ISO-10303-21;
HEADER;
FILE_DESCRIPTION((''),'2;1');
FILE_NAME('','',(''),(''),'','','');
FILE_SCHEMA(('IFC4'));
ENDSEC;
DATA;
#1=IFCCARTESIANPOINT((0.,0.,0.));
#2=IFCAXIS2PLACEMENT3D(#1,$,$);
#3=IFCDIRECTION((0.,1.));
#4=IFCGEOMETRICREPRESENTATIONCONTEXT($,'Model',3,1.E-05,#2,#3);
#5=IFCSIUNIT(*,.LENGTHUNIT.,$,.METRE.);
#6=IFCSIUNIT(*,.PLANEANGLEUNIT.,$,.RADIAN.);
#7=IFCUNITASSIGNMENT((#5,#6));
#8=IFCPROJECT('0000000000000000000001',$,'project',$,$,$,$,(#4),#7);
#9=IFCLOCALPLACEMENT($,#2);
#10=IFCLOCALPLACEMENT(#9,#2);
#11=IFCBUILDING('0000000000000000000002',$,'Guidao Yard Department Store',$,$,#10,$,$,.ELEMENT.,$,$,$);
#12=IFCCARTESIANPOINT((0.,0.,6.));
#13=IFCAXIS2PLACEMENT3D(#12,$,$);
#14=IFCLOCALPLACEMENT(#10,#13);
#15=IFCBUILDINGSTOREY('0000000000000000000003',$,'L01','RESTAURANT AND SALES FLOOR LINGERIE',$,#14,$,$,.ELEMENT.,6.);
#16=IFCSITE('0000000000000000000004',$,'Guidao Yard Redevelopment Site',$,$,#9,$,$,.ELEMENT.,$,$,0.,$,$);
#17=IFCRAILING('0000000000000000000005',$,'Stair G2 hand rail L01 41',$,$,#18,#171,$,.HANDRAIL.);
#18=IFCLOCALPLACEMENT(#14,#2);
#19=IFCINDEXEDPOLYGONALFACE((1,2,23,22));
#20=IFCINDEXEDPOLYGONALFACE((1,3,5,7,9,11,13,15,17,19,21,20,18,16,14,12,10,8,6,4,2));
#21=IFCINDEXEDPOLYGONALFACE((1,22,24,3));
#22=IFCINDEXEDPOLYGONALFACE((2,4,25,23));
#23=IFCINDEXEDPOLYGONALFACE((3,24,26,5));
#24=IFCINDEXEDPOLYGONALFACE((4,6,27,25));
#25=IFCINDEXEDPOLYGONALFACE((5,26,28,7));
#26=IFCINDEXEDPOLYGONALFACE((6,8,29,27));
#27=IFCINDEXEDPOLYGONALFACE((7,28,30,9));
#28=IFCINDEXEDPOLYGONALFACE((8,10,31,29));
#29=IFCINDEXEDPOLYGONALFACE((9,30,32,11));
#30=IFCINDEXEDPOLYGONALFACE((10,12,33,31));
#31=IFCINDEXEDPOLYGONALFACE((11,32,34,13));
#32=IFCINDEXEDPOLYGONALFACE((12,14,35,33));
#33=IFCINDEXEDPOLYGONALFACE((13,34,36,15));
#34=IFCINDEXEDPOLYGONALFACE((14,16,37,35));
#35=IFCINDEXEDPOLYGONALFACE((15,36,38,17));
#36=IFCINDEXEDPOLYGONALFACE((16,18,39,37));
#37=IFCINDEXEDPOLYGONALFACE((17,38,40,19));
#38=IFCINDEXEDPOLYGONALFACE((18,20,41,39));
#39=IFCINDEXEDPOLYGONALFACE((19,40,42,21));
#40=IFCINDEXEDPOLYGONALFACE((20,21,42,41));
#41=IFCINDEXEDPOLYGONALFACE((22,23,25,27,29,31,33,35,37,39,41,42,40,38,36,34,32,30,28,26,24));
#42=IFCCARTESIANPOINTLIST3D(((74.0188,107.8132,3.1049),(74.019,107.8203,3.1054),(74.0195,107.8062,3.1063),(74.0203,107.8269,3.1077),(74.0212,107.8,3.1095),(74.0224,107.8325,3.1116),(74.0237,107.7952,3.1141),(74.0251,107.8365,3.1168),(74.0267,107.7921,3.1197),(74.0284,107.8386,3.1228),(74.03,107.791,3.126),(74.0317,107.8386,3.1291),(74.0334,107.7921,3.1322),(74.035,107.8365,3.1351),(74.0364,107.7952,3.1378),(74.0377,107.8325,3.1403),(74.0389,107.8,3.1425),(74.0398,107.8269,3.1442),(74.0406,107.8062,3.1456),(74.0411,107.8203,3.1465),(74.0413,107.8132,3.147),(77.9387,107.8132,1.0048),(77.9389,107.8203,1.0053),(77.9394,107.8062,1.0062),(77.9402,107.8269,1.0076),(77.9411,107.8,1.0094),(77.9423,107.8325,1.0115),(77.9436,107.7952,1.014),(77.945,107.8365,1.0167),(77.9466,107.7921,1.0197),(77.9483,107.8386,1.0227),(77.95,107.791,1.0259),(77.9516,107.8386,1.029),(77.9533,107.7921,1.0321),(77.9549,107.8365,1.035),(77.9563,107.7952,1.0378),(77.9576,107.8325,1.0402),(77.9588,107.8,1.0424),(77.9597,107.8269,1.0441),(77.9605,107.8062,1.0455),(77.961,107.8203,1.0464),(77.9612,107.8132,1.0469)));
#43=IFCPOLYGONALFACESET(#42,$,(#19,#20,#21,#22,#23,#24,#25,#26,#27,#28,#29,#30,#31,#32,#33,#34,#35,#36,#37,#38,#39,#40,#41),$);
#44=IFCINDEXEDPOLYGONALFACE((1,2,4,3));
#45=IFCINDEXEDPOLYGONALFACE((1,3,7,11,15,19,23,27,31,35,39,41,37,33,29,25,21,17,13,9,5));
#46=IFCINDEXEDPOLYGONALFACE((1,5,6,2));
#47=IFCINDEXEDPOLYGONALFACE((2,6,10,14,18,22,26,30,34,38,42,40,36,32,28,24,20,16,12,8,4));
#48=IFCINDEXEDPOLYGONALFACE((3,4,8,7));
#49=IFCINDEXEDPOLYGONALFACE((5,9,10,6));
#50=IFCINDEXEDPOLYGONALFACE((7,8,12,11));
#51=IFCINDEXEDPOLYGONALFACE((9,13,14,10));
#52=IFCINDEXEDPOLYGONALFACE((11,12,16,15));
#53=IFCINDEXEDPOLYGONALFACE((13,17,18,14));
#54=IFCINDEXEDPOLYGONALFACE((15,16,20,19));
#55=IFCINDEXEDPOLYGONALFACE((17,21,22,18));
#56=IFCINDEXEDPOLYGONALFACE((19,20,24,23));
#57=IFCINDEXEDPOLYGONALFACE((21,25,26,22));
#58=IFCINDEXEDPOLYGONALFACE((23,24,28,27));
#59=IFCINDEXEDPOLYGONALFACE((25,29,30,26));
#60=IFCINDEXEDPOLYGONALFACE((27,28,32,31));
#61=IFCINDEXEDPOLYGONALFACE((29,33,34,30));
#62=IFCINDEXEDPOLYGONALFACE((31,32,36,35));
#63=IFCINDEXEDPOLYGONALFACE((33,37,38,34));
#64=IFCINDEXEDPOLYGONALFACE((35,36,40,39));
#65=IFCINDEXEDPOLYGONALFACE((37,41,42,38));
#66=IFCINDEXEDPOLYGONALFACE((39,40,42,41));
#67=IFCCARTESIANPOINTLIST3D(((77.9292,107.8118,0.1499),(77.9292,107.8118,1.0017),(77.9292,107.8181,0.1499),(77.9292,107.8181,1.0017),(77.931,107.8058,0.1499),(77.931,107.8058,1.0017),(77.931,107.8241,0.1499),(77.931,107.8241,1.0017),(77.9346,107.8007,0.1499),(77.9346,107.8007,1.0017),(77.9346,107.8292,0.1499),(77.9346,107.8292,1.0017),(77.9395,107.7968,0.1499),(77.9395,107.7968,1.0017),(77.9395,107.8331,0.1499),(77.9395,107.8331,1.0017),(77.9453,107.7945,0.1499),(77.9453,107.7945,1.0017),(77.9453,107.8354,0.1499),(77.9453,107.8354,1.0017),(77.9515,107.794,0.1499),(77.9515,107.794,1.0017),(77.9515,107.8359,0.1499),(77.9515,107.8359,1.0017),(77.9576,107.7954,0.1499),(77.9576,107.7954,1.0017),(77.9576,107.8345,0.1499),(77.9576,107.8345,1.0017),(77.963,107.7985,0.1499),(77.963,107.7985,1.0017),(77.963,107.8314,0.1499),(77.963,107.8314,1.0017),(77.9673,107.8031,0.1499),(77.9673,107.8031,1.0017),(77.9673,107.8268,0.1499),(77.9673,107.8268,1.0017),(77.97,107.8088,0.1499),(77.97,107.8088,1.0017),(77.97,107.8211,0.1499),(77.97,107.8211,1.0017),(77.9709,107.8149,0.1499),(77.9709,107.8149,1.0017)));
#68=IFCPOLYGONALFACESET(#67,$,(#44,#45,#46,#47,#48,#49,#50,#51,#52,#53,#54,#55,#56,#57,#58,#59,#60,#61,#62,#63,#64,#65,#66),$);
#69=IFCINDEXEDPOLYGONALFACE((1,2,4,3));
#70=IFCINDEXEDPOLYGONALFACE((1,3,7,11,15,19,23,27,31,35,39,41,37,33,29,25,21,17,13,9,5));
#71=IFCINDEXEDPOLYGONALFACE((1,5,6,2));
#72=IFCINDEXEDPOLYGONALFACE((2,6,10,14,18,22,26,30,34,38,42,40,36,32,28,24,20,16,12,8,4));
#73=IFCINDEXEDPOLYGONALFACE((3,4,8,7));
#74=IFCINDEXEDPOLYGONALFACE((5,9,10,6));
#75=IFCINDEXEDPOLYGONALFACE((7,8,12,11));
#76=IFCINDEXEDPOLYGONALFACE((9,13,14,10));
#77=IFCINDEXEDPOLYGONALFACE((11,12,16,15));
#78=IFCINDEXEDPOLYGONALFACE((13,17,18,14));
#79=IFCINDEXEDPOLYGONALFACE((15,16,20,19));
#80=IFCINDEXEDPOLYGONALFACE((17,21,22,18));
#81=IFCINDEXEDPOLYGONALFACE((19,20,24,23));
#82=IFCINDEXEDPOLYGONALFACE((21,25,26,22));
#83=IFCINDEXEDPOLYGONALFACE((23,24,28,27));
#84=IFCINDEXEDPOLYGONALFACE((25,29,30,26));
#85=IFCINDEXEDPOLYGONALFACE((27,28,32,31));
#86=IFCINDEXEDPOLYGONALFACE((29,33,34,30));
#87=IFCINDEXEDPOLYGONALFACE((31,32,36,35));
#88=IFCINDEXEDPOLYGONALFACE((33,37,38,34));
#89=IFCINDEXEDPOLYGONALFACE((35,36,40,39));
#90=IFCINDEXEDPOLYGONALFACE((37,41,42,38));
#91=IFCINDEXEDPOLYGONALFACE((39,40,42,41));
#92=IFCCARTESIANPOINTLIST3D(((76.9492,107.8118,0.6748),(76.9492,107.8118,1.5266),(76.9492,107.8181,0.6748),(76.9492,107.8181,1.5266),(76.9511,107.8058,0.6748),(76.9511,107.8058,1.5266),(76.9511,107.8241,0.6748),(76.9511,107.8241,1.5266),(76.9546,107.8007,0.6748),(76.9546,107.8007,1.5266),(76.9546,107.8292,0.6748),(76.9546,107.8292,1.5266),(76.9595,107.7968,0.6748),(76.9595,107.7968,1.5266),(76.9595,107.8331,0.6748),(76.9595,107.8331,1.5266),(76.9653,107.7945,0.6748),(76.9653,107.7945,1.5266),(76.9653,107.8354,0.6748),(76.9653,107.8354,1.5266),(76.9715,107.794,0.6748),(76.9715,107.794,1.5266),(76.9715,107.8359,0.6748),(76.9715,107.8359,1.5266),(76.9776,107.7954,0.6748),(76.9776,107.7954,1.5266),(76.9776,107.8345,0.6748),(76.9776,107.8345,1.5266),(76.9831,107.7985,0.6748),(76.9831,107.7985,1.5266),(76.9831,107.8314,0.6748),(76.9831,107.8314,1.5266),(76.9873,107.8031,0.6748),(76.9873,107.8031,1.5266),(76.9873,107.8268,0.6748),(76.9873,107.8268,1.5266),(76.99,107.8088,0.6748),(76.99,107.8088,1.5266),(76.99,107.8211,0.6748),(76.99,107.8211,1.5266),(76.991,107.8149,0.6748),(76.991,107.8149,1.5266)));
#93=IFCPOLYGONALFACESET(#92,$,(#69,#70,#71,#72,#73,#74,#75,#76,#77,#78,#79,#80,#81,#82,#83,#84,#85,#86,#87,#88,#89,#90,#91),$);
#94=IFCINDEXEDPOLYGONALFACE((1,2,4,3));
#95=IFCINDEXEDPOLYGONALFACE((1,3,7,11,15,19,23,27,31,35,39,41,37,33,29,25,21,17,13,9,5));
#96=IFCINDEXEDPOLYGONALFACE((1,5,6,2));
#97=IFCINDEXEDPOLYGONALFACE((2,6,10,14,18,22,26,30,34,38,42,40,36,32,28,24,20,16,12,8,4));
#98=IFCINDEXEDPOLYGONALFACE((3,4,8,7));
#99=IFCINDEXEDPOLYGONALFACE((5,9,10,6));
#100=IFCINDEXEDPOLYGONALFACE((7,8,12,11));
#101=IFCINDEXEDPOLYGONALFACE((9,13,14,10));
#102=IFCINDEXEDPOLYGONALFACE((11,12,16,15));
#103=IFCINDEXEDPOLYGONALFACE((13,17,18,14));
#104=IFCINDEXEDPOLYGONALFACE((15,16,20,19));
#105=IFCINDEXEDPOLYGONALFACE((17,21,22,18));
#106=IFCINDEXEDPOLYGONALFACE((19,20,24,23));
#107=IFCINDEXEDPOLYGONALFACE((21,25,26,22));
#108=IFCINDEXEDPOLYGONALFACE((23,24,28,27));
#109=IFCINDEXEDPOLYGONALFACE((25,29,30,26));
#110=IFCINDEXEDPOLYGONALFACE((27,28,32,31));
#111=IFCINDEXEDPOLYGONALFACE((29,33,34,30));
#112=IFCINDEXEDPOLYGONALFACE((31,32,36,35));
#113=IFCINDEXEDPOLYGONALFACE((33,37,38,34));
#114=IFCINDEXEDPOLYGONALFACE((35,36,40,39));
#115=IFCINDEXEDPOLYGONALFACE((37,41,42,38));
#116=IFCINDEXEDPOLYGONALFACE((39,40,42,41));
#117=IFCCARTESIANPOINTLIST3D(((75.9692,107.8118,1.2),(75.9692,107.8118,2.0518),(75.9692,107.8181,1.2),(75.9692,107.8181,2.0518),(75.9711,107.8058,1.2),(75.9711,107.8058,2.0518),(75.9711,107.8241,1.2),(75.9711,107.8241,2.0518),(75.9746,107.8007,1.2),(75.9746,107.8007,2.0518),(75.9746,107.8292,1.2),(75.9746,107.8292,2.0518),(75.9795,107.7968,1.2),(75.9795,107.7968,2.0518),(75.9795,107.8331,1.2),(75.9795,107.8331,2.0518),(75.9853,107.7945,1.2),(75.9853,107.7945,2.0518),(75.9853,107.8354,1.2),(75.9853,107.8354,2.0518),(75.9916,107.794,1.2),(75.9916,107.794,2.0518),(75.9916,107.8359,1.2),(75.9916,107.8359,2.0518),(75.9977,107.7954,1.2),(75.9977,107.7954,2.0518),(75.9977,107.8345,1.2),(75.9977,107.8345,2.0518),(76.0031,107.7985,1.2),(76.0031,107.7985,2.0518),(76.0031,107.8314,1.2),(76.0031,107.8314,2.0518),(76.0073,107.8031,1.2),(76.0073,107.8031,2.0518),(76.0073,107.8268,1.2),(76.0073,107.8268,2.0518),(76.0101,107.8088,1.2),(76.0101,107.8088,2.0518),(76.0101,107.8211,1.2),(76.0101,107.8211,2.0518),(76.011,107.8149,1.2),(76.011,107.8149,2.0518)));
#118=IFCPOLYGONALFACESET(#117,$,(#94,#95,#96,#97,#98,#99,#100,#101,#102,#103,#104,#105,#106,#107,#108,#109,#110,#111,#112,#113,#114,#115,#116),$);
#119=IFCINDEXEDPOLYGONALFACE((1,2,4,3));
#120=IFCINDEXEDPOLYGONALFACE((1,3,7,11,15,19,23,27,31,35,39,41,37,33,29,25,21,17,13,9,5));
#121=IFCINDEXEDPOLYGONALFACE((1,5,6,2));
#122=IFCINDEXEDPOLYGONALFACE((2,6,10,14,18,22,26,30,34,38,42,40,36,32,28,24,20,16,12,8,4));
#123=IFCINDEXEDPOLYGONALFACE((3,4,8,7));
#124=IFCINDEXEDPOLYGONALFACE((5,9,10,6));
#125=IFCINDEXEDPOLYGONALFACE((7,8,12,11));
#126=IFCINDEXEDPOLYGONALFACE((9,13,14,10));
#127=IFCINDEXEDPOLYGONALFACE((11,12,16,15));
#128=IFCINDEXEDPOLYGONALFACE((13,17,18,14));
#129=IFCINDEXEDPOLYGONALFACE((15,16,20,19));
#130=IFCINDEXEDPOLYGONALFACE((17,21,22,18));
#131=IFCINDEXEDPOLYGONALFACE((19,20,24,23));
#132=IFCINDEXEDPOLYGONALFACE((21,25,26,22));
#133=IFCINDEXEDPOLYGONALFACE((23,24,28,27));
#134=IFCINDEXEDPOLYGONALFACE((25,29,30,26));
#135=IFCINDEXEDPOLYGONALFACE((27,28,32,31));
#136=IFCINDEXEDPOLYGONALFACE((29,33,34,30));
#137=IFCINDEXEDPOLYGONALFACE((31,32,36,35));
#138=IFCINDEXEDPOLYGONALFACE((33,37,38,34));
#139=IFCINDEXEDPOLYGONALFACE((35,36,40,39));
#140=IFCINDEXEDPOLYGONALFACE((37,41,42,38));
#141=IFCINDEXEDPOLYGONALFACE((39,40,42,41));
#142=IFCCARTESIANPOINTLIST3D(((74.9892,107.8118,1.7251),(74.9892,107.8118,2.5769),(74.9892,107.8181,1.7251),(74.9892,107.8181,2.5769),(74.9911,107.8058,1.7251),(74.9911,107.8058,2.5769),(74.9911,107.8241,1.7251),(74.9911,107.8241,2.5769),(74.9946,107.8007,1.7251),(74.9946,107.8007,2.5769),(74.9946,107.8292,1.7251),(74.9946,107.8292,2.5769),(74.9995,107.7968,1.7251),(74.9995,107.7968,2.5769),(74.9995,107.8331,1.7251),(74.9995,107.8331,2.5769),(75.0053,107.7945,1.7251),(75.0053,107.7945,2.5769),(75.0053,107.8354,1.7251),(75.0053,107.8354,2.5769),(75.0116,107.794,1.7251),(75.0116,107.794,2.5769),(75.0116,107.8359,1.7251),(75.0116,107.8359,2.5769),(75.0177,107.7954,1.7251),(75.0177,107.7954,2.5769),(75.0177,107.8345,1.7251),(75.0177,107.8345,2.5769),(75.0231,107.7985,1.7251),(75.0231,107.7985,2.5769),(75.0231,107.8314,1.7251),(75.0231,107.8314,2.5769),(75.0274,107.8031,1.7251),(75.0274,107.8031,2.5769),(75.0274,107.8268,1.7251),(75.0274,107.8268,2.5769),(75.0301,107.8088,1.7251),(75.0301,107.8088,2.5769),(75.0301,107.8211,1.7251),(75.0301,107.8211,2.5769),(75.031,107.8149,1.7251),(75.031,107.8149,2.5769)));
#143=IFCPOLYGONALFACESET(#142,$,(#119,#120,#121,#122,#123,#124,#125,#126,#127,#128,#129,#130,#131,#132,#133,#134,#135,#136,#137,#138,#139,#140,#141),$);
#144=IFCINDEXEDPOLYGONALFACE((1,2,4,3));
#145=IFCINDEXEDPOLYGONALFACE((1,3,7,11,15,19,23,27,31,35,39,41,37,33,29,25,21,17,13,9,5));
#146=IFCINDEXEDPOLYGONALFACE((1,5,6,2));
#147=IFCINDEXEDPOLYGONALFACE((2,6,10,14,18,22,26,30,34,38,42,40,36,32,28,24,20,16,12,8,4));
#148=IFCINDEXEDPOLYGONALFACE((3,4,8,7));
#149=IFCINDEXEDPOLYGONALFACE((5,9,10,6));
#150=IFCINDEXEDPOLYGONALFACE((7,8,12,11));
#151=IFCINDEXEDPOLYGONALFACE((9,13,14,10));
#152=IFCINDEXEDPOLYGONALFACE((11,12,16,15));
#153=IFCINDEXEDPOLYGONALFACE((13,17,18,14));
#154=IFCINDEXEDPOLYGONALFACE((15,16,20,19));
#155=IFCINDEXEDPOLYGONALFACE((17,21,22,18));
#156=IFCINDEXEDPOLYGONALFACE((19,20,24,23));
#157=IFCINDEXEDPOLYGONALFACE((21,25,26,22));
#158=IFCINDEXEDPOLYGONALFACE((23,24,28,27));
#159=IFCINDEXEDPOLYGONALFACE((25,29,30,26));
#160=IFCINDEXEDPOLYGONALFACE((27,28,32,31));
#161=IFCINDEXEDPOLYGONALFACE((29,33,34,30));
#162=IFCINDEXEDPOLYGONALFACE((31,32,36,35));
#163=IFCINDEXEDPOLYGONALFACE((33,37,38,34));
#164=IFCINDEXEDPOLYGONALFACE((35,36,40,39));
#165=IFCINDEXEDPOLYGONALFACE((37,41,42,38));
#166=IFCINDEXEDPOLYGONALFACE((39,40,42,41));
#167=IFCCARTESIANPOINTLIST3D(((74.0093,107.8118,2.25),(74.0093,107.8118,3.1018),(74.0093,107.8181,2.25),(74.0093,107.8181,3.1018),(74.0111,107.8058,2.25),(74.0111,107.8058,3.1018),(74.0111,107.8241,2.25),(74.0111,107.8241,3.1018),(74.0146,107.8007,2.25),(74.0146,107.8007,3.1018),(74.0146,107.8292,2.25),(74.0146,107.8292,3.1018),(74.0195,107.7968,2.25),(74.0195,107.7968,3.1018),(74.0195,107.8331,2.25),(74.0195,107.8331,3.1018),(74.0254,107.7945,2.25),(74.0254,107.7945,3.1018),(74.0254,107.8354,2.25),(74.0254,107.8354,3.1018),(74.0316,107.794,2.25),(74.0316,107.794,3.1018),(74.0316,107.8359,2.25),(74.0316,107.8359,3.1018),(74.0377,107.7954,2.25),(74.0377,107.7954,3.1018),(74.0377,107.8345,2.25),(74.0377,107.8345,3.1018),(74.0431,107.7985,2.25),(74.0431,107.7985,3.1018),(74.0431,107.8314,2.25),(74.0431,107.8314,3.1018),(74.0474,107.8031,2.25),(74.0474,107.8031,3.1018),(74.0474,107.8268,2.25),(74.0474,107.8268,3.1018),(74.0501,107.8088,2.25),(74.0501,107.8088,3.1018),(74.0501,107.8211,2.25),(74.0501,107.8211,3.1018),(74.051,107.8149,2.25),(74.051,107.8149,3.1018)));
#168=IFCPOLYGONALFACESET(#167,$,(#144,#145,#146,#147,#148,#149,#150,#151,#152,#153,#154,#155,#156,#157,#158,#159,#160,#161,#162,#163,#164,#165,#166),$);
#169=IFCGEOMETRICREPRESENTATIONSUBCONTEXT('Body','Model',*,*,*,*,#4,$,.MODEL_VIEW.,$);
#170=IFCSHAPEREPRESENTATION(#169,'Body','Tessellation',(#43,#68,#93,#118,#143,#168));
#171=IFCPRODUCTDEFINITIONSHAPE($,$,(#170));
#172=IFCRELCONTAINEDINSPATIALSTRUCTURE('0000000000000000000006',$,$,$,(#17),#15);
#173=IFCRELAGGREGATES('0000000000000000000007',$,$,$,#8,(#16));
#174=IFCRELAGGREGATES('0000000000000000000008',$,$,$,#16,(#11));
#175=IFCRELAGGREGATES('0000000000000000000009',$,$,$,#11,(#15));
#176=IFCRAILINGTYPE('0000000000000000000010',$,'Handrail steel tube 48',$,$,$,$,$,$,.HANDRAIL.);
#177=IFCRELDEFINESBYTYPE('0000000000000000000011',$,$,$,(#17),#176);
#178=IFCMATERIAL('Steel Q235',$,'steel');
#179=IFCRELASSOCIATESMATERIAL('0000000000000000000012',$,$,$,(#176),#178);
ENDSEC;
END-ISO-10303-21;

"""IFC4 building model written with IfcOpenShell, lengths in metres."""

from ifc_helpers import new_model, si_unit, direction, frame, origin, origin_2d, place, context, subcontext, project, spatial, circle, extrude, material, type_object, element, save


model = new_model("IFC4")

# Units and contexts
model_context = context("Model", 3, precision=1e-05, world=origin(), true_north=direction((0.0, 1.0)))
body_context = subcontext(model_context, "Body", "Model", "MODEL_VIEW")
ifc_project = project(units=[si_unit("LENGTHUNIT", "METRE"), si_unit("PLANEANGLEUNIT", "RADIAN")], contexts=[model_context])

# Site, building, storey
site_placement = place(None, origin())
site = spatial("IfcSite", under=ifc_project, at=site_placement, Name="Guidao Yard Redevelopment Site", CompositionType="ELEMENT", RefElevation=0.0)
building_placement = place(site_placement, origin())
building = spatial("IfcBuilding", under=site, at=building_placement, Name="Guidao Yard Department Store", CompositionType="ELEMENT")
storey_placement = place(building_placement, frame((0.0, 0.0, 6.0)))
storey = spatial("IfcBuildingStorey", under=building, at=storey_placement, Name="L01", Description="RESTAURANT AND SALES FLOOR LINGERIE", CompositionType="ELEMENT", Elevation=6.0)

# Railing
ifc_material_1 = material(Name="Steel Q235", Category="steel")
railing_type_1 = type_object("IfcRailingType", Name="Handrail steel tube 48", PredefinedType="HANDRAIL", material=ifc_material_1)
for number, where, name in (
    (1, (77.95, 107.8149, 0.1499), "Stair G2 hand rail L01 41"),
):
    element("IfcRailing", number, at=place(storey_placement, frame(where)), inside=storey, type_object=railing_type_1, Name=name, PredefinedType="HANDRAIL", context=body_context, shape_type="SweptSolid", body=[
        extrude(circle(Radius=0.0239, at=origin_2d()), frame((0.0, 0.0, 0.876), z_axis=(-0.881467, 0.0, 0.472246), x_axis=(0.0, -1.0, 0.0)), (0.0, 0.0, 1.0), 4.447),
        extrude(circle(Radius=0.021, at=origin_2d()), origin(), (0.0, 0.0, 1.0), 0.8518),
        extrude(circle(Radius=0.021, at=origin_2d()), frame((-0.98, 0.0, 0.5249)), (0.0, 0.0, 1.0), 0.8518),
        extrude(circle(Radius=0.021, at=origin_2d()), frame((-1.96, 0.0, 1.05)), (0.0, 0.0, 1.0), 0.8518),
        extrude(circle(Radius=0.021, at=origin_2d()), frame((-2.9399, 0.0, 1.5752)), (0.0, 0.0, 1.0), 0.8518),
        extrude(circle(Radius=0.021, at=origin_2d()), frame((-3.9199, 0.0, 2.1001)), (0.0, 0.0, 1.0), 0.8518),
    ])

save(model, "model.ifc")
